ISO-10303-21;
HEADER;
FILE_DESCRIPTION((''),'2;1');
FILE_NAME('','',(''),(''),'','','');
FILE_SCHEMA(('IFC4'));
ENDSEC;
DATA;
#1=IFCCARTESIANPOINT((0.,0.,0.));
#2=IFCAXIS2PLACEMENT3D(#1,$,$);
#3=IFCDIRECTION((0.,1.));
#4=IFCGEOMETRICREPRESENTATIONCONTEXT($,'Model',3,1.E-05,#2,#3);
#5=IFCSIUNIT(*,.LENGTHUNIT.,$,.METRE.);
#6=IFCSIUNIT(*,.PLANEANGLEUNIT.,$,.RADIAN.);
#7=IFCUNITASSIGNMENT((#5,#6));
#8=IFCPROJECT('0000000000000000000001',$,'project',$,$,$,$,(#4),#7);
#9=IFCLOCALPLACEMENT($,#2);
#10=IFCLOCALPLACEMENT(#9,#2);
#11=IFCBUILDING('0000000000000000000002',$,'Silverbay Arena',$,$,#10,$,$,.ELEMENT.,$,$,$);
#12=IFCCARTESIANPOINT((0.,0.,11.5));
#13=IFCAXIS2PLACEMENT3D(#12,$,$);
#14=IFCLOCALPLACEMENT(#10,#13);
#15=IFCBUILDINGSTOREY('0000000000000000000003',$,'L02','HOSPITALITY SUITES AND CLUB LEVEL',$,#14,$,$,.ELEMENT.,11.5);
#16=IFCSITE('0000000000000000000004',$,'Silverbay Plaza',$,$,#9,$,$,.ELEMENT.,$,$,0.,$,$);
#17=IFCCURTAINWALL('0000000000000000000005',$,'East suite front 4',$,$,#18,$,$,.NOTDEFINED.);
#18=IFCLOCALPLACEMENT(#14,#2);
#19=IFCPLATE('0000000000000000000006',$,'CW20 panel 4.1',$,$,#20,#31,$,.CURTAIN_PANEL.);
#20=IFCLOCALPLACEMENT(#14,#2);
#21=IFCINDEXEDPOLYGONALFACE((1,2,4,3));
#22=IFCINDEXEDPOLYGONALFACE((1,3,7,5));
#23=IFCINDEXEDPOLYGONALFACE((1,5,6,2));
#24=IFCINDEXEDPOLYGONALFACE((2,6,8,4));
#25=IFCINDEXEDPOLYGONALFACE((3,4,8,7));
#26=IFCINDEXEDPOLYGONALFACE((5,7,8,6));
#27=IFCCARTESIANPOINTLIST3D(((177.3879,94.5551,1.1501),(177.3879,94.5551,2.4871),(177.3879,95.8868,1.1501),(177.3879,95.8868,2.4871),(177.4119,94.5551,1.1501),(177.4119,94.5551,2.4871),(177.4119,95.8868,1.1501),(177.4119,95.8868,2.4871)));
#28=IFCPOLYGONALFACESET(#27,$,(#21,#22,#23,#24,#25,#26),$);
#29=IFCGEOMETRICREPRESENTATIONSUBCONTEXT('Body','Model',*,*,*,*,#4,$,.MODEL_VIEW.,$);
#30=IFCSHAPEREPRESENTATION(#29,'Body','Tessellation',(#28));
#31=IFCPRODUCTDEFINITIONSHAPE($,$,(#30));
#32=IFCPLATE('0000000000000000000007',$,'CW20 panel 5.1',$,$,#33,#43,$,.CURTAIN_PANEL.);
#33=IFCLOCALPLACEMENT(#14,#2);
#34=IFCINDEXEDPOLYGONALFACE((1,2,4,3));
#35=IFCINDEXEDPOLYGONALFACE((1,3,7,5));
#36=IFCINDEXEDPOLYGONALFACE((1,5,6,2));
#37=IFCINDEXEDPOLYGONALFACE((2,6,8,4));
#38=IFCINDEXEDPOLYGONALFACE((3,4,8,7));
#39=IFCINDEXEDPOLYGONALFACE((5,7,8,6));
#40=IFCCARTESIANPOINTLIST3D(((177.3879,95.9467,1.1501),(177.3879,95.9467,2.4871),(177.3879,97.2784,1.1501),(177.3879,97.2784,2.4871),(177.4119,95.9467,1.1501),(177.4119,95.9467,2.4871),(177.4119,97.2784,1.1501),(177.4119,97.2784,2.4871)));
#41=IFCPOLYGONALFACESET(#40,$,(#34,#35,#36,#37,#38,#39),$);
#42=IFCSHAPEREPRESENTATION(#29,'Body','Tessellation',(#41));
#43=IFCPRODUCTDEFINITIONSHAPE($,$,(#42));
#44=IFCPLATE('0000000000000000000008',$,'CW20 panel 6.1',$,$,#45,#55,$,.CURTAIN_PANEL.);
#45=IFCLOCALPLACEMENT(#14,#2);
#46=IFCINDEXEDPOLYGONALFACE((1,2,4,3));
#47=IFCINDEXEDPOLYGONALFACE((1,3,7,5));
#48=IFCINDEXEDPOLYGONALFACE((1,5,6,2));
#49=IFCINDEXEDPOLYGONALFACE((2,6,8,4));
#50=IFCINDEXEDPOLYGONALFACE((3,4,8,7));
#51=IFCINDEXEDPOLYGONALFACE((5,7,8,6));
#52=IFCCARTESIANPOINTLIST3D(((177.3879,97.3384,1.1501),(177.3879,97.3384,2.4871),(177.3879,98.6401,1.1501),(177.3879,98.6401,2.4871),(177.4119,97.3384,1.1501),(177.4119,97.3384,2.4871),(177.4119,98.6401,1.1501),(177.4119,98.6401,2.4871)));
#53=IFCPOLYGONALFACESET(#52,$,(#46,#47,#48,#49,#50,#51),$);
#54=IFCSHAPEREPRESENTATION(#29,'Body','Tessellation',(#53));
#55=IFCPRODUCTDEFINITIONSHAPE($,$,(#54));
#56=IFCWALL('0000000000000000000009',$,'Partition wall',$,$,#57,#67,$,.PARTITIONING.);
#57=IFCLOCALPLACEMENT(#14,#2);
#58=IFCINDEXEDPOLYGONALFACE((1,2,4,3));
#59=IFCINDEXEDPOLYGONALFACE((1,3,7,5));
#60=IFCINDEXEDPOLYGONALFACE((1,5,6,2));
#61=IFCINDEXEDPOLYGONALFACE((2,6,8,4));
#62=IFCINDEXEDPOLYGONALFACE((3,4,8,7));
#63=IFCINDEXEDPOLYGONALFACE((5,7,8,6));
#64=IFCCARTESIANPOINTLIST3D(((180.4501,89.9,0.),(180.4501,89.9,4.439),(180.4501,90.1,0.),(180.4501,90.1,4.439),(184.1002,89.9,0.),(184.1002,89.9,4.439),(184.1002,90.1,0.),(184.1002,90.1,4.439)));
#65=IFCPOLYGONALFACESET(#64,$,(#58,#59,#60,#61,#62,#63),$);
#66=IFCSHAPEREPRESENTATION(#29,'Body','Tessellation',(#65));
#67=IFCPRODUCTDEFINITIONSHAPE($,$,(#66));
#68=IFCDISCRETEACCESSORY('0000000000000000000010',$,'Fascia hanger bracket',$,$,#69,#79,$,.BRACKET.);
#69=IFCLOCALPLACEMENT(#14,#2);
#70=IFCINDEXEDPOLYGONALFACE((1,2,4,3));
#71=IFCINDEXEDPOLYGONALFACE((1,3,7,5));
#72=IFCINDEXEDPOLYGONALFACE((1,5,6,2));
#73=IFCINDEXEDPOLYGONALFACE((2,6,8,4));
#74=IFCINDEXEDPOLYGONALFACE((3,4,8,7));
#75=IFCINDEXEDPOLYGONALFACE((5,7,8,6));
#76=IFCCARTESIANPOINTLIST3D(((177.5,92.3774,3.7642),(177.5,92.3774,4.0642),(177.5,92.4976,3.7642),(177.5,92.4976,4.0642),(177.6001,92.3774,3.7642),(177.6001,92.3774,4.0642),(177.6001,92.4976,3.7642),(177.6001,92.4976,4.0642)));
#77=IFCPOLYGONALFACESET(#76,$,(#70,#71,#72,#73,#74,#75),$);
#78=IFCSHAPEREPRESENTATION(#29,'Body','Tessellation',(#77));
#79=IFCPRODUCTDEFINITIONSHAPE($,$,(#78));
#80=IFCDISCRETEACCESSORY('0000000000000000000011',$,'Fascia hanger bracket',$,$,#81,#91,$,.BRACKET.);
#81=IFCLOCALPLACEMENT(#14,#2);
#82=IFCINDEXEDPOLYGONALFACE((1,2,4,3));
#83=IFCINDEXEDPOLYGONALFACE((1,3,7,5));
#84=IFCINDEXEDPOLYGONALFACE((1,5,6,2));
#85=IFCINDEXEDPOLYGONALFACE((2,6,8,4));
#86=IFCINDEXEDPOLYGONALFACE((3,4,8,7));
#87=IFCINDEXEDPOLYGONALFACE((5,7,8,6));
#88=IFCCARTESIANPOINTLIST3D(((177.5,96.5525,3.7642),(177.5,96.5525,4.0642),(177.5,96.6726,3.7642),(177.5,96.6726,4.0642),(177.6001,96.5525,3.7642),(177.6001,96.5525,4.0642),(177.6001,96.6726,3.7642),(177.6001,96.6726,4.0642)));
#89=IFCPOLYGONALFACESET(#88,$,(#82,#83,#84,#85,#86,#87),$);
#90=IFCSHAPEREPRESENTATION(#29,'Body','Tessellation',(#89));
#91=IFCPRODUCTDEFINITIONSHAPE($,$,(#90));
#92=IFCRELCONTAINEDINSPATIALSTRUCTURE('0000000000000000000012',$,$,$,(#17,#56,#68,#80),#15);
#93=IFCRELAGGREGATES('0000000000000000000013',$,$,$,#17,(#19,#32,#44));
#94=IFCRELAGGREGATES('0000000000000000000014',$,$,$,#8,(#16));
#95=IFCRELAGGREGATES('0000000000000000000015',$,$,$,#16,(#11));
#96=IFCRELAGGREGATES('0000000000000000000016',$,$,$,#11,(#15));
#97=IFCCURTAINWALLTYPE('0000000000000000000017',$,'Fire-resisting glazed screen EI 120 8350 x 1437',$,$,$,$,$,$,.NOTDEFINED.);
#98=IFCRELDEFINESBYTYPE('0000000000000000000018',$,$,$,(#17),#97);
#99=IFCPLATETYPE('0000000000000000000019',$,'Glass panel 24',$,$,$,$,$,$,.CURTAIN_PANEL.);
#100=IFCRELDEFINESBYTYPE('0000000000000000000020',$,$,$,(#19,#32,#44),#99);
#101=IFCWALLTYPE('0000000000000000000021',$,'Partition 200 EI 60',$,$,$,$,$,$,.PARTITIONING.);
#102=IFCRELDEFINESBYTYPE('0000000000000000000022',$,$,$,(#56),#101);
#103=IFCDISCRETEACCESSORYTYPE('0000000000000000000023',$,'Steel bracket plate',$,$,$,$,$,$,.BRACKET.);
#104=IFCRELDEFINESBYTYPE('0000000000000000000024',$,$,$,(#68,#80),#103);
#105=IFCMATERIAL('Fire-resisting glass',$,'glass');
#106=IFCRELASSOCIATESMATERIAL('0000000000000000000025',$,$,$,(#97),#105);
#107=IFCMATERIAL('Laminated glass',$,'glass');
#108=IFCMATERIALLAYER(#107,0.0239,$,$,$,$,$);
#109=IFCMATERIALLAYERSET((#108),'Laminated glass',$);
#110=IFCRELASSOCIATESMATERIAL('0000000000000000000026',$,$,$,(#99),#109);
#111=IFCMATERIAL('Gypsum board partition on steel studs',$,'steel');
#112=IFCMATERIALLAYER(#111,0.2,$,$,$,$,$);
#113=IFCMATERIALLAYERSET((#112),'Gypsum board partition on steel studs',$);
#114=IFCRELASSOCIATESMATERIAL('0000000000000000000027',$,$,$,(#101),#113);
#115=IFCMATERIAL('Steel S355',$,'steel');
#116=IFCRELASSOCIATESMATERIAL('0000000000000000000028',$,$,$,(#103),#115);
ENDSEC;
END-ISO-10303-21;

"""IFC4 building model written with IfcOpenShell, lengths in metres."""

from ifc_helpers import new_model, si_unit, direction, frame, frame_2d, origin, origin_2d, place, context, subcontext, project, spatial, rectangle, extrude, material, layer, layer_set, type_object, element, aggregate, save


model = new_model("IFC4")

# Units and contexts
model_context = context("Model", 3, precision=1e-05, world=origin(), true_north=direction((0.0, 1.0)))
body_context = subcontext(model_context, "Body", "Model", "MODEL_VIEW")
ifc_project = project(units=[si_unit("LENGTHUNIT", "METRE"), si_unit("PLANEANGLEUNIT", "RADIAN")], contexts=[model_context])

# Site, building, storey
site_placement = place(None, origin())
site = spatial("IfcSite", under=ifc_project, at=site_placement, Name="Silverbay Plaza", CompositionType="ELEMENT", RefElevation=0.0)
building_placement = place(site_placement, origin())
building = spatial("IfcBuilding", under=site, at=building_placement, Name="Silverbay Arena", CompositionType="ELEMENT")
storey_placement = place(building_placement, frame((0.0, 0.0, 11.5)))
storey = spatial("IfcBuildingStorey", under=building, at=storey_placement, Name="L02", Description="HOSPITALITY SUITES AND CLUB LEVEL", CompositionType="ELEMENT", Elevation=11.5)

# Curtain wall
ifc_material_1 = material(Name="Fire-resisting glass", Category="glass")
curtain_wall_type = type_object("IfcCurtainWallType", Name="Fire-resisting glazed screen EI 120 8350 x 1437", PredefinedType="NOTDEFINED", material=ifc_material_1)
curtain_wall_placement = place(storey_placement, origin())
curtain_wall = element("IfcCurtainWall", 1, at=curtain_wall_placement, inside=storey, type_object=curtain_wall_type, Name="East suite front 4", PredefinedType="NOTDEFINED")

# Plates
ifc_material_2 = material(Name="Laminated glass", Category="glass")
ifc_layer_1 = layer(ifc_material_2, 0.0239)
ifc_layer_set_1 = layer_set([ifc_layer_1], Name="Laminated glass")
plate_type = type_object("IfcPlateType", Name="Glass panel 24", PredefinedType="CURTAIN_PANEL", material=ifc_layer_set_1)
plate_1_placement = place(storey_placement, frame((177.3999, 95.2209, 1.1501), z_axis=(0.0, 0.0, 1.0), x_axis=(0.0, 1.0, 0.0)))
plate_1 = element("IfcPlate", 2, at=plate_1_placement, type_object=plate_type, Name="CW20 panel 4.1", PredefinedType="CURTAIN_PANEL", context=body_context, shape_type="SweptSolid", body=[
    extrude(rectangle(XDim=1.3318, YDim=0.0239, at=origin_2d()), origin(), (0.0, 0.0, 1.0), 1.3369),
])
plate_2_placement = place(storey_placement, frame((177.3999, 96.6125, 1.1501), z_axis=(0.0, 0.0, 1.0), x_axis=(0.0, 1.0, 0.0)))
plate_2 = element("IfcPlate", 3, at=plate_2_placement, type_object=plate_type, Name="CW20 panel 5.1", PredefinedType="CURTAIN_PANEL", context=body_context, shape_type="SweptSolid", body=[
    extrude(rectangle(XDim=1.3318, YDim=0.0239, at=origin_2d()), origin(), (0.0, 0.0, 1.0), 1.3369),
])
plate_3_placement = place(storey_placement, frame((177.3999, 97.9893, 1.1501), z_axis=(0.0, 0.0, 1.0), x_axis=(0.0, 1.0, 0.0)))
plate_3 = element("IfcPlate", 4, at=plate_3_placement, type_object=plate_type, Name="CW20 panel 6.1", PredefinedType="CURTAIN_PANEL", context=body_context, shape_type="SweptSolid", body=[
    extrude(rectangle(XDim=1.3018, YDim=0.0239, at=origin_2d()), origin(), (0.0, 0.0, 1.0), 1.3369),
])
aggregate(curtain_wall, [plate_1, plate_2, plate_3])

# Wall
ifc_material_3 = material(Name="Gypsum board partition on steel studs", Category="steel")
ifc_layer_2 = layer(ifc_material_3, 0.2)
ifc_layer_set_2 = layer_set([ifc_layer_2], Name="Gypsum board partition on steel studs")
wall_type = type_object("IfcWallType", Name="Partition 200 EI 60", PredefinedType="PARTITIONING", material=ifc_layer_set_2)
wall_placement = place(storey_placement, frame((180.45, 90.0, 0.0), z_axis=(0.0, 0.0, 1.0), x_axis=(1.0, 0.0, 0.0)))
element("IfcWall", 5, at=wall_placement, inside=storey, type_object=wall_type, Name="Partition wall", PredefinedType="PARTITIONING", context=body_context, shape_type="SweptSolid", body=[
    extrude(rectangle(XDim=3.6501, YDim=0.2, at=frame_2d((1.8252, 0.0))), origin(), (0.0, 0.0, 1.0), 4.439),
])

# Discrete accessories
ifc_material_4 = material(Name="Steel S355", Category="steel")
discrete_accessory_type = type_object("IfcDiscreteAccessoryType", Name="Steel bracket plate", PredefinedType="BRACKET", material=ifc_material_4)
for number, where, z_axis, x_axis, name in (
    (6, (177.55, 92.4375, 3.7642), (0.0, 0.0, 1.0), (0.0, 1.0, 0.0), "Fascia hanger bracket"),
    (7, (177.55, 96.6125, 3.7642), (0.0, 0.0, 1.0), (0.0, 1.0, 0.0), "Fascia hanger bracket"),
):
    element("IfcDiscreteAccessory", number, at=place(storey_placement, frame(where, z_axis=z_axis, x_axis=x_axis)), inside=storey, type_object=discrete_accessory_type, Name=name, PredefinedType="BRACKET", context=body_context, shape_type="SweptSolid", body=[
        extrude(rectangle(XDim=0.1201, YDim=0.1001, at=origin_2d()), origin(), (0.0, 0.0, 1.0), 0.3),
    ])

save(model, "model.ifc")
